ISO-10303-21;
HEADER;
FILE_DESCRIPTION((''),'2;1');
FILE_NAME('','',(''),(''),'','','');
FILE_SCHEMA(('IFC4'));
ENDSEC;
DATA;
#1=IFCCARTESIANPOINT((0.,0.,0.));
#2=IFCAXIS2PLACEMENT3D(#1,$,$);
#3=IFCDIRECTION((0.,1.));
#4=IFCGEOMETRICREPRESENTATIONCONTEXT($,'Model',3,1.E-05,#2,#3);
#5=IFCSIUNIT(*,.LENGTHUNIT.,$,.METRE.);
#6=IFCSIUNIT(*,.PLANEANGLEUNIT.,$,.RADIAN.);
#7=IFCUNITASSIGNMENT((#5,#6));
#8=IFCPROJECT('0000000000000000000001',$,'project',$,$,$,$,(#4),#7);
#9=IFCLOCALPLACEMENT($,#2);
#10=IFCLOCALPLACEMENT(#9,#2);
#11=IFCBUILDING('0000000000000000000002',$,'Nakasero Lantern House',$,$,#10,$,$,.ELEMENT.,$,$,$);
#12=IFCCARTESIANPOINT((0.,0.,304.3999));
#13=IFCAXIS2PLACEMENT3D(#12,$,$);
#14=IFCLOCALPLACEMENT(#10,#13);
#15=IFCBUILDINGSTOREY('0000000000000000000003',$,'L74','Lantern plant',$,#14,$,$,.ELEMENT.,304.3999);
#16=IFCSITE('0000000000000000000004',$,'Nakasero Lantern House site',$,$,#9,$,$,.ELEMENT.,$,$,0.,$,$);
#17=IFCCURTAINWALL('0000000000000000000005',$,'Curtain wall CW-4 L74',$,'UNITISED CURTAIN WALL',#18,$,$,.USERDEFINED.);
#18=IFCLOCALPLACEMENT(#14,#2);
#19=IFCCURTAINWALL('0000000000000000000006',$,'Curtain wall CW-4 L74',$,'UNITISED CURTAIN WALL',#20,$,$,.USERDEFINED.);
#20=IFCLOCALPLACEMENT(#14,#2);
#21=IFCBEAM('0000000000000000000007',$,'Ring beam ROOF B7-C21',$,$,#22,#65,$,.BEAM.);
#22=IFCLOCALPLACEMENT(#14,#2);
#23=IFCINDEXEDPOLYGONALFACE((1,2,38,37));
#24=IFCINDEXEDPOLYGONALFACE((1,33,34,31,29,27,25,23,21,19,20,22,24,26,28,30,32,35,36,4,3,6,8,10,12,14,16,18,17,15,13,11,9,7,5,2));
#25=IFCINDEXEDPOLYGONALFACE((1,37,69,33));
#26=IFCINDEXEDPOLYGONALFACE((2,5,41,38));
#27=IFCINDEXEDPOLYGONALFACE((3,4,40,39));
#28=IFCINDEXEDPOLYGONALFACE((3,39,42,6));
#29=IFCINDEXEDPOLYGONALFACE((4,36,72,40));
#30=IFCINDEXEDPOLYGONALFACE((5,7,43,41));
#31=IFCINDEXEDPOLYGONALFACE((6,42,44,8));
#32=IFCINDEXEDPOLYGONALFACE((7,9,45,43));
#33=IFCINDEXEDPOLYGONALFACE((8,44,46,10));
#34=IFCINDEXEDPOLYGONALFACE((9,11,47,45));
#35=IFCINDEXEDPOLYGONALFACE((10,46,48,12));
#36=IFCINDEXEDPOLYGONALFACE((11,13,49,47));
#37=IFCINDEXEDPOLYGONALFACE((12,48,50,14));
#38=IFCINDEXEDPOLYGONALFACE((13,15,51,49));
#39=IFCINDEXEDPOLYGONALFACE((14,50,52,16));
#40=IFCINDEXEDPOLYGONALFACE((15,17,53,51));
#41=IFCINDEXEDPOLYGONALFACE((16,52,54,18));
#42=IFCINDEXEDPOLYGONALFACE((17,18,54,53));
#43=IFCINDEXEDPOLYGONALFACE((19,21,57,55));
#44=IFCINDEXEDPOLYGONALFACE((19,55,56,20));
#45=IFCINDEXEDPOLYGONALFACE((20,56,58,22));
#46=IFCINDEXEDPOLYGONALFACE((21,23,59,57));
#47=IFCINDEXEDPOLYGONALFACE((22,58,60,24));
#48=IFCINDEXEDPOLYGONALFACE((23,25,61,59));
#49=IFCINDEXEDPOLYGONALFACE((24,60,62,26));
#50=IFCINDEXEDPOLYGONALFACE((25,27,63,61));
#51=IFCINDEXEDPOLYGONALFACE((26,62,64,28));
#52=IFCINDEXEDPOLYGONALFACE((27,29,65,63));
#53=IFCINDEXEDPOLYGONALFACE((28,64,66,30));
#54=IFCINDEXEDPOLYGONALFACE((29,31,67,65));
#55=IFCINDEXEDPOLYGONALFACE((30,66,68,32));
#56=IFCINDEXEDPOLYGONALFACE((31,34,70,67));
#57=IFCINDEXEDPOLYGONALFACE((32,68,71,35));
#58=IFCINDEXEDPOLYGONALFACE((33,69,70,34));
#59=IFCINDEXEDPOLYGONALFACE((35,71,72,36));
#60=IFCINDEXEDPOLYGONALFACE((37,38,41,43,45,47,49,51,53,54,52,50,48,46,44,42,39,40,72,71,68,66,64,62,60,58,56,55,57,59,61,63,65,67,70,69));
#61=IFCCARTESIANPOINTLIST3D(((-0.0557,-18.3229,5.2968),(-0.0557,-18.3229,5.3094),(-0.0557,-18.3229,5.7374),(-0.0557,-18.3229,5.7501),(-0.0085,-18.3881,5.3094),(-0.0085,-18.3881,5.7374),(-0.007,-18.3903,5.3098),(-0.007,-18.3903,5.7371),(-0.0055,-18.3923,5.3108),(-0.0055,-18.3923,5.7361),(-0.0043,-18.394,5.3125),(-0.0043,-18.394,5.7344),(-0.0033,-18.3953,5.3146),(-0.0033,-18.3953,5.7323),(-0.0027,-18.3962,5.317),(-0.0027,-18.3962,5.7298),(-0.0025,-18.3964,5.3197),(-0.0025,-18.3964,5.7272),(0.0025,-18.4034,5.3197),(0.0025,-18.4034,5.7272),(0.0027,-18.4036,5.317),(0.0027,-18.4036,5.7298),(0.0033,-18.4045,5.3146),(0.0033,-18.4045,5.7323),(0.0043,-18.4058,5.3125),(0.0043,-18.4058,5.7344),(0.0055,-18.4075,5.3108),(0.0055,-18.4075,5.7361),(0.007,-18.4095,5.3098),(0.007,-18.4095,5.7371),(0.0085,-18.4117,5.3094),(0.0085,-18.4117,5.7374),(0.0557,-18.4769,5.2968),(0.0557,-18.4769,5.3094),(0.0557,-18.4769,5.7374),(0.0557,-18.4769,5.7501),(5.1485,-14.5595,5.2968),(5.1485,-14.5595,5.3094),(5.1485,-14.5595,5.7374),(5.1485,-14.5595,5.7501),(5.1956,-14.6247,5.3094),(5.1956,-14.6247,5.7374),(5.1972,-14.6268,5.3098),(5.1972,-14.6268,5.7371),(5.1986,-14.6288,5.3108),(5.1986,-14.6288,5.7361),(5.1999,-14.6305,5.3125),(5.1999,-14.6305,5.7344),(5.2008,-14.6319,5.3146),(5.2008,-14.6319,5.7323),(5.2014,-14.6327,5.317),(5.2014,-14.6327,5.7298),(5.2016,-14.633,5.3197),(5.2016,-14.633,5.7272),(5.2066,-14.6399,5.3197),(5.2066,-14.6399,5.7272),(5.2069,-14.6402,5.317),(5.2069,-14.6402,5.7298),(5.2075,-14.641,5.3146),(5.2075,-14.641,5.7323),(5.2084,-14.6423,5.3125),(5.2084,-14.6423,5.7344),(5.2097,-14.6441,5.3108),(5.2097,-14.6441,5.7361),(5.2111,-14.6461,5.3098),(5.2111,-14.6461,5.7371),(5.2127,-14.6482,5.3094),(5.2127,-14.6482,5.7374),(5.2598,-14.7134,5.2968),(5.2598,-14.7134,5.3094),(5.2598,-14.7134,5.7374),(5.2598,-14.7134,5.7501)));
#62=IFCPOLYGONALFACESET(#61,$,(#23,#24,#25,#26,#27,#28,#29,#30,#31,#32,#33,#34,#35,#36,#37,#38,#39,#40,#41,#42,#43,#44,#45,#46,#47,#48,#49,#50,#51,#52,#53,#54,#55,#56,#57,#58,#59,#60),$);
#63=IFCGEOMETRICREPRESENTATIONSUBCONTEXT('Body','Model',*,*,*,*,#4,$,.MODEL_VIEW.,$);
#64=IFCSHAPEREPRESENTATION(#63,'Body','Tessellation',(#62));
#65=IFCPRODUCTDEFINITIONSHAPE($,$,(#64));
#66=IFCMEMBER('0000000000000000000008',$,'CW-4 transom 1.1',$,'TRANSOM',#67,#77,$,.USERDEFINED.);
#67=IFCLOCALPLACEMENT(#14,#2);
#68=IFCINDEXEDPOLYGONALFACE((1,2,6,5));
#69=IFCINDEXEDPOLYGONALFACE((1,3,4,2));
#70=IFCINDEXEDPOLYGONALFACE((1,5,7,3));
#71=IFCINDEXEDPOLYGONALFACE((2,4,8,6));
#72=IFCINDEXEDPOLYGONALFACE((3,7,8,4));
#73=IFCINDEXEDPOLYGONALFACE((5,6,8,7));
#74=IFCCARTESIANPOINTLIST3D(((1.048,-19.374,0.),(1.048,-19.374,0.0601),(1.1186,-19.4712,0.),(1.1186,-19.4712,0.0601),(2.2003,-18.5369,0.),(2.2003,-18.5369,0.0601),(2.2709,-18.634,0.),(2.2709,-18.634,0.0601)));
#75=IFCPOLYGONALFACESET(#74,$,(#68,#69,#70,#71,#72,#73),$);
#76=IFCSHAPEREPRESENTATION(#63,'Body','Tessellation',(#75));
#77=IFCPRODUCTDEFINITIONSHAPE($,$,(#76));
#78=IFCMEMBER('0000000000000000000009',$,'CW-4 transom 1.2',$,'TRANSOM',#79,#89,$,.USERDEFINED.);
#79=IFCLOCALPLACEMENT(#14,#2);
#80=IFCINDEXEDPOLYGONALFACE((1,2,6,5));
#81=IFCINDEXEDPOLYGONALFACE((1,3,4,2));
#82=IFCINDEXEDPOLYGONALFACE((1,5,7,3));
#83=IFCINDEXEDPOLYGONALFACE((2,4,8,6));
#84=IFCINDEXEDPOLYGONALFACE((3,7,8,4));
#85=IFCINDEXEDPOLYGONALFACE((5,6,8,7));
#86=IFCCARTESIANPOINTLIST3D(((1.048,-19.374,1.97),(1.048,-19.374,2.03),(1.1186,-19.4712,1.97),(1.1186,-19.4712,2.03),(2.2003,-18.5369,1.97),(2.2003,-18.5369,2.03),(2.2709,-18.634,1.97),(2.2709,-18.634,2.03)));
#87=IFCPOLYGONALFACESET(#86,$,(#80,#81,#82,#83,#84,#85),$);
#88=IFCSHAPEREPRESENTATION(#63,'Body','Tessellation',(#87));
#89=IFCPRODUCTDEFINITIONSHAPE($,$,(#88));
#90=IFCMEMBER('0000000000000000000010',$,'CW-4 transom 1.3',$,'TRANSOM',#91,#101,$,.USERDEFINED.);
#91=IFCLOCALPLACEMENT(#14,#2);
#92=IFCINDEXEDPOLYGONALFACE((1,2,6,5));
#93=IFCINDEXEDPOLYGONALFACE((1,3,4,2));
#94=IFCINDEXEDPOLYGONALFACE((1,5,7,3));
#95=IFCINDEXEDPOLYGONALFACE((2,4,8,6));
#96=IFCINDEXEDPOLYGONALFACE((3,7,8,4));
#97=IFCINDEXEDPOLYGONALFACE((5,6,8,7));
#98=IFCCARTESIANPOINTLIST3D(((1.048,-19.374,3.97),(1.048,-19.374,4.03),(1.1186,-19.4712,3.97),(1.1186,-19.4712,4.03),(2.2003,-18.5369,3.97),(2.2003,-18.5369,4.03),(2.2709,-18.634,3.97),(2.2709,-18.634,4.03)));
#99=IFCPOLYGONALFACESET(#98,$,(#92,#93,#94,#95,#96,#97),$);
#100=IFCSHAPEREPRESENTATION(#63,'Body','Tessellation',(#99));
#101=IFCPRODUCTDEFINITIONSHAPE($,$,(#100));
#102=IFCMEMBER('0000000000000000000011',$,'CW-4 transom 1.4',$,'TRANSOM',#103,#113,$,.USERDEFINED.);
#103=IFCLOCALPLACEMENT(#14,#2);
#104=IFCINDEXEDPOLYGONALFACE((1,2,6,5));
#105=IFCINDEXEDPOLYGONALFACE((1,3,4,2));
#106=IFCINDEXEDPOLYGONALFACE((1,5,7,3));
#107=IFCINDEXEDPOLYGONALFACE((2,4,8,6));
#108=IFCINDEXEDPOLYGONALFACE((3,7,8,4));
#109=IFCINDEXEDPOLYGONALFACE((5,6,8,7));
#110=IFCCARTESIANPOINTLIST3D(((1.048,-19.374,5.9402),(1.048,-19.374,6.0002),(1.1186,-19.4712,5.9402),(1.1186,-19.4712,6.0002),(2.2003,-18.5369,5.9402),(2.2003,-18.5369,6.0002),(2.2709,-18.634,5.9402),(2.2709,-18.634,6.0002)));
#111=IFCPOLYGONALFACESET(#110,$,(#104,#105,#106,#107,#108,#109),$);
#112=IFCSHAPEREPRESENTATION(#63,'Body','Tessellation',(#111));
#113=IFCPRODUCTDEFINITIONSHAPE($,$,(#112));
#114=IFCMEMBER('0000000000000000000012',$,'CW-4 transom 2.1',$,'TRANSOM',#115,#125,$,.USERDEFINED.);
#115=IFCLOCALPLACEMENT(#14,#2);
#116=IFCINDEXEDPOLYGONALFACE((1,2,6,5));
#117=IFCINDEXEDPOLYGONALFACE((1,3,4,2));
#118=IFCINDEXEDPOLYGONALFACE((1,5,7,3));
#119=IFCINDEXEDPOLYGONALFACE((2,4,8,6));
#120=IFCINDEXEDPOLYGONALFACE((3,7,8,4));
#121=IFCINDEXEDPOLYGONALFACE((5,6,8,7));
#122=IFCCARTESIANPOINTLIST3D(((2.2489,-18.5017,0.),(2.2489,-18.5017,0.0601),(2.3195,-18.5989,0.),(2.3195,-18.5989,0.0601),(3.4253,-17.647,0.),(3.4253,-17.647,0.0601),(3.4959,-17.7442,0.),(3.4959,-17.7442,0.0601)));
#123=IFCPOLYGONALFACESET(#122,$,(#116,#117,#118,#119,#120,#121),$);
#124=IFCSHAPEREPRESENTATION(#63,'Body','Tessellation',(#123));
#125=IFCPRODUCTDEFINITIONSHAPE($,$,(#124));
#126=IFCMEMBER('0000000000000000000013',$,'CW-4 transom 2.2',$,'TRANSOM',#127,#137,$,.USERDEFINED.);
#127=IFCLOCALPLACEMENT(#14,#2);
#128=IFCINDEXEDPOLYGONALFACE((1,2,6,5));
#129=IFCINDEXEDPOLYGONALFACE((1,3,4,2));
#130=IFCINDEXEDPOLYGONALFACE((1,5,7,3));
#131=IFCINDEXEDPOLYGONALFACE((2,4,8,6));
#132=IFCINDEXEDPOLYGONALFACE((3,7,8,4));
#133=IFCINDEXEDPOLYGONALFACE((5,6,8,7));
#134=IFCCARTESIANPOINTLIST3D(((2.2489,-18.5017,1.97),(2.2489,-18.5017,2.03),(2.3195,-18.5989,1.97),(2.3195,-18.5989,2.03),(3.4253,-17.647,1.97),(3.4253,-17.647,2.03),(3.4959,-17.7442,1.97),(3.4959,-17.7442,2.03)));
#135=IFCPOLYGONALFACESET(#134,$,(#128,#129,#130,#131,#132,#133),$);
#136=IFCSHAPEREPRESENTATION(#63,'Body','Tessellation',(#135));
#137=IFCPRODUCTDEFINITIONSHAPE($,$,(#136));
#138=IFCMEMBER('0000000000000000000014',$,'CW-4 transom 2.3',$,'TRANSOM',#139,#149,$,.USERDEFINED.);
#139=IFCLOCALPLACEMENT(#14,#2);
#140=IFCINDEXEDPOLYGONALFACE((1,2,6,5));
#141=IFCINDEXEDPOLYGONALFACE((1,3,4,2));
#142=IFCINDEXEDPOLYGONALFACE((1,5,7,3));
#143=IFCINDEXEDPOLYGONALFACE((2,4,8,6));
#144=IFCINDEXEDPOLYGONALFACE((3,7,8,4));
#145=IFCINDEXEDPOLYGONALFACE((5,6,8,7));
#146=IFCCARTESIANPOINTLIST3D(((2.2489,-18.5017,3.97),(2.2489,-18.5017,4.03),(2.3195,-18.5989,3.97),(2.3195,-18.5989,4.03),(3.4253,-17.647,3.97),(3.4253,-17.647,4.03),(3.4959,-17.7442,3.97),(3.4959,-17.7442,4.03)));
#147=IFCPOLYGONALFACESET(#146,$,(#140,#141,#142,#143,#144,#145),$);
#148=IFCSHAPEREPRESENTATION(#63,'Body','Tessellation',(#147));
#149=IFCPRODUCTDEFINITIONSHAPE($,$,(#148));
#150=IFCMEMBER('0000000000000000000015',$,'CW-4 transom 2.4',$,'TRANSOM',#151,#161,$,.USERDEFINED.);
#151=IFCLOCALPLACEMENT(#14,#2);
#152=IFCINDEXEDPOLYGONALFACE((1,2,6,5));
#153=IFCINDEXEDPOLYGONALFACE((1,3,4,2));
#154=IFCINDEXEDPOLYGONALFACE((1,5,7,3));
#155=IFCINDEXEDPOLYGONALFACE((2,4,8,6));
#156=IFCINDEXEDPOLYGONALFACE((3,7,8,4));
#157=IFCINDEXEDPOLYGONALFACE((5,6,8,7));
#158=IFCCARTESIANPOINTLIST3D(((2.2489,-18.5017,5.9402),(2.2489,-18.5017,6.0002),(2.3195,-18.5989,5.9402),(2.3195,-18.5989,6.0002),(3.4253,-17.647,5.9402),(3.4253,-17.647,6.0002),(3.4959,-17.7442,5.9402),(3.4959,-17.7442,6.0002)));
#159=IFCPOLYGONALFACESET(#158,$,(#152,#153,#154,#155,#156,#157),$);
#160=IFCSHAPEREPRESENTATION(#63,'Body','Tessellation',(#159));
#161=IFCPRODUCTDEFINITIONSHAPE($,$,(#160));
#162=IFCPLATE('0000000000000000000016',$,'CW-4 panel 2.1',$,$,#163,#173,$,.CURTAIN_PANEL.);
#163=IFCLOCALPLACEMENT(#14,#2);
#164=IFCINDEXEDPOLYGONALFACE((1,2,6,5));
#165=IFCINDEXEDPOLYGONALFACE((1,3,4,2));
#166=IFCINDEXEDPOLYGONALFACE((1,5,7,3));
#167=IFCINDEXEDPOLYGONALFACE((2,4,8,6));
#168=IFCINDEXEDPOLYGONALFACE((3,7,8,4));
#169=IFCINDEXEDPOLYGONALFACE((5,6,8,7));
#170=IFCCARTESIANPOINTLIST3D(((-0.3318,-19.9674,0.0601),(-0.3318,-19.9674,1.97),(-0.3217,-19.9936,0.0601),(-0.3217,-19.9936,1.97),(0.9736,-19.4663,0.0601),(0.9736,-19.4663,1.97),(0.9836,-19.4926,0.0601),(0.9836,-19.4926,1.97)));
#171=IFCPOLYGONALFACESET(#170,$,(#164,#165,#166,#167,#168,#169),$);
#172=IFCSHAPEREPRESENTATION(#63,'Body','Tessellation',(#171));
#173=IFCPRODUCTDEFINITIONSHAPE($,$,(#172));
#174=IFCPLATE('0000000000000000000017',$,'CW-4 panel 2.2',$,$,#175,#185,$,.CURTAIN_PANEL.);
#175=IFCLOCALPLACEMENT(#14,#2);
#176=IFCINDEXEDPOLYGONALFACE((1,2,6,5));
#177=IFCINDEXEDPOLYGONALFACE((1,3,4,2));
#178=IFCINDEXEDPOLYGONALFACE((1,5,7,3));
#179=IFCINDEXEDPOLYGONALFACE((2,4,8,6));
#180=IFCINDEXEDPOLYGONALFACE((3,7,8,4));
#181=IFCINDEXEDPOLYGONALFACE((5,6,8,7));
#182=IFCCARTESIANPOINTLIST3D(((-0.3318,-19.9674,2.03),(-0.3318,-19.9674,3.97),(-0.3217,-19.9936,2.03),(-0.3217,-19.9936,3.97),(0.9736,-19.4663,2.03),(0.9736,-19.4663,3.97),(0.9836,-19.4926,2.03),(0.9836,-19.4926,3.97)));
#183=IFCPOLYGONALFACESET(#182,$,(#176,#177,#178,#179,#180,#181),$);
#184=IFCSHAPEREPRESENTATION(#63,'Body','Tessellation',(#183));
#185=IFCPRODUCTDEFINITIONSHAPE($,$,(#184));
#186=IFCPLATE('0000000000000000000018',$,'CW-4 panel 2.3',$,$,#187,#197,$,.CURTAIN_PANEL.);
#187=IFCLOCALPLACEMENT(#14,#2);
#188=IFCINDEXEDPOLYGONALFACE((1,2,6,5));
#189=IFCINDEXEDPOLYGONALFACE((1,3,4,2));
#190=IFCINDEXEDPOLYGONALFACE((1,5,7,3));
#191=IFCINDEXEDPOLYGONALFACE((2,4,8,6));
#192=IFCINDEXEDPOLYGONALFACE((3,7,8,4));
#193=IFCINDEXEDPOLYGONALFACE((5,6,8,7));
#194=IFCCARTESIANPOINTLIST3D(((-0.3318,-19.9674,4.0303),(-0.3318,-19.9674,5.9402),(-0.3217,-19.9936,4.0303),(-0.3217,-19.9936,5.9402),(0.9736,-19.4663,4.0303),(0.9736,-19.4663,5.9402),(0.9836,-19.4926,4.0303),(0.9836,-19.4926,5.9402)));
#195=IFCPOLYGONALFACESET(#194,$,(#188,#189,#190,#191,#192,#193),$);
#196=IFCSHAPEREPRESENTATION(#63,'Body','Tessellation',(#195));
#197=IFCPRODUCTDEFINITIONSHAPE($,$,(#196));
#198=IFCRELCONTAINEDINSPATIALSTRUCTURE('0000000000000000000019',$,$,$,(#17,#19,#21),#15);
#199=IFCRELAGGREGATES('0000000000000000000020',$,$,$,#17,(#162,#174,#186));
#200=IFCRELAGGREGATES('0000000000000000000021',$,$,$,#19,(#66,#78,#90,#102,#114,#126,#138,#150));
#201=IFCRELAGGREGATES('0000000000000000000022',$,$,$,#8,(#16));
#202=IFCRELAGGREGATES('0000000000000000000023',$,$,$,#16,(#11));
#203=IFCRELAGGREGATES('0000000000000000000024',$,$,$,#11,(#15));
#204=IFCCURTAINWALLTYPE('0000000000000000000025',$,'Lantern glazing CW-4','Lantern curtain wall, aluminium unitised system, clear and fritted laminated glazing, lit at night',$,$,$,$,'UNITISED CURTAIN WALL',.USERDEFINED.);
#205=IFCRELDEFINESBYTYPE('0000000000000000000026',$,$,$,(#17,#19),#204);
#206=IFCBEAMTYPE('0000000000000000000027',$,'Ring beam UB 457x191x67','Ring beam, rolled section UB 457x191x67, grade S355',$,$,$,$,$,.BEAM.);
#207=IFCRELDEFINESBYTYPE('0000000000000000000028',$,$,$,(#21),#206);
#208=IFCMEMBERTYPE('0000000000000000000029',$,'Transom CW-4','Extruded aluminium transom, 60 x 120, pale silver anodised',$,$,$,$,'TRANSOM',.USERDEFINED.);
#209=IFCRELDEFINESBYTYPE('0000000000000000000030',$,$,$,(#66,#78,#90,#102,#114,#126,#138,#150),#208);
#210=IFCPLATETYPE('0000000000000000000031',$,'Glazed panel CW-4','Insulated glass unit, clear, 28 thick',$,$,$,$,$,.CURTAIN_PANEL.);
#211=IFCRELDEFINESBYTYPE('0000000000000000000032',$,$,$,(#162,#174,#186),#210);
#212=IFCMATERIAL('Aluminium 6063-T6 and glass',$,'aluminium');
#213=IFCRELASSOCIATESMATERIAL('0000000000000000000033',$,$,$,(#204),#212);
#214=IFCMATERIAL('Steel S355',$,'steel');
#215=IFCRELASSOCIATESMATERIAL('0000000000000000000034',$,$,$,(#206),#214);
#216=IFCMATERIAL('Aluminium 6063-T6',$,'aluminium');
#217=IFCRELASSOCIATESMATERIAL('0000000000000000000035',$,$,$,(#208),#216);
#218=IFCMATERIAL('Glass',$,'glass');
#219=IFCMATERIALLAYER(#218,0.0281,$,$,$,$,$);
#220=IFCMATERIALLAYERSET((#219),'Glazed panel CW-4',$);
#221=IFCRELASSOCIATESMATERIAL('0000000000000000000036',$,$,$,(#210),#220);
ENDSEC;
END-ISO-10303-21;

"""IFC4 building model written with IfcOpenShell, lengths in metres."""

from ifc_helpers import new_model, si_unit, direction, frame, origin, origin_2d, place, context, subcontext, project, spatial, rectangle, i_section, extrude, material, layer, layer_set, material_profile, profile_set, type_object, element, aggregate, save


model = new_model("IFC4")

# Units and contexts
model_context = context("Model", 3, precision=1e-05, world=origin(), true_north=direction((0.0, 1.0)))
body_context = subcontext(model_context, "Body", "Model", "MODEL_VIEW")
ifc_project = project(units=[si_unit("LENGTHUNIT", "METRE"), si_unit("PLANEANGLEUNIT", "RADIAN")], contexts=[model_context])

# Site, building, storey
site_placement = place(None, origin())
site = spatial("IfcSite", under=ifc_project, at=site_placement, Name="Nakasero Lantern House site", CompositionType="ELEMENT", RefElevation=0.0)
building_placement = place(site_placement, origin())
building = spatial("IfcBuilding", under=site, at=building_placement, Name="Nakasero Lantern House", CompositionType="ELEMENT")
storey_placement = place(building_placement, frame((0.0, 0.0, 304.3999)))
storey = spatial("IfcBuildingStorey", under=building, at=storey_placement, Name="L74", Description="Lantern plant", CompositionType="ELEMENT", Elevation=304.3999)

# Curtain wall
ifc_material_1 = material(Name="Aluminium 6063-T6 and glass", Category="aluminium")
curtain_wall_type = type_object("IfcCurtainWallType", Name="Lantern glazing CW-4", Description="Lantern curtain wall, aluminium unitised system, clear and fritted laminated glazing, lit at night", ElementType="UNITISED CURTAIN WALL", PredefinedType="USERDEFINED", material=ifc_material_1)
curtain_wall_1_placement = place(storey_placement, origin())
curtain_wall_1 = element("IfcCurtainWall", 1, at=curtain_wall_1_placement, inside=storey, type_object=curtain_wall_type, Name="Curtain wall CW-4 L74", ObjectType="UNITISED CURTAIN WALL", PredefinedType="USERDEFINED")

# Curtain wall
curtain_wall_2_placement = place(storey_placement, origin())
curtain_wall_2 = element("IfcCurtainWall", 2, at=curtain_wall_2_placement, inside=storey, type_object=curtain_wall_type, Name="Curtain wall CW-4 L74", ObjectType="UNITISED CURTAIN WALL", PredefinedType="USERDEFINED")

# Beam
ifc_material_2 = material(Name="Steel S355", Category="steel")
ifc_material_profile_1 = material_profile(ifc_material_2, i_section(OverallWidth=0.1899, OverallDepth=0.4534, WebThickness=0.0085, FlangeThickness=0.0127, FilletRadius=0.0103, at=origin_2d()), Name="UB 457x191x67")
ifc_profile_set_1 = profile_set([ifc_material_profile_1], Name="Steel S355")
beam_type_1 = type_object("IfcBeamType", Name="Ring beam UB 457x191x67", Description="Ring beam, rolled section UB 457x191x67, grade S355", PredefinedType="BEAM", material=ifc_profile_set_1)
beam_1_placement = place(storey_placement, frame((0.0, -18.3999, 5.5234), z_axis=(0.810316, 0.585993, 0.0), x_axis=(-0.585993, 0.810316, 0.0)))
element("IfcBeam", 3, at=beam_1_placement, inside=storey, type_object=beam_type_1, Name="Ring beam ROOF B7-C21", PredefinedType="BEAM", context=body_context, shape_type="SweptSolid", body=[
    extrude(i_section(OverallWidth=0.1899, OverallDepth=0.4534, WebThickness=0.0085, FlangeThickness=0.0127, FilletRadius=0.0103, at=origin_2d()), origin(), (0.0, 0.0, 1.0), 6.4224),
])

# Members
ifc_material_3 = material(Name="Aluminium 6063-T6", Category="aluminium")
ifc_material_profile_2 = material_profile(ifc_material_3, rectangle(XDim=0.0601, YDim=0.1201, at=origin_2d()), Name="CW-4 transom 60x120")
ifc_profile_set_2 = profile_set([ifc_material_profile_2], Name="Aluminium 6063-T6")
member_type_1 = type_object("IfcMemberType", Name="Transom CW-4", Description="Extruded aluminium transom, 60 x 120, pale silver anodised", ElementType="TRANSOM", PredefinedType="USERDEFINED", material=ifc_profile_set_2)
member_1_placement = place(storey_placement, frame((1.0833, -19.4226, 0.03), z_axis=(0.80904, 0.587754, 0.0), x_axis=(0.0, 0.0, 1.0)))
member_1 = element("IfcMember", 4, at=member_1_placement, type_object=member_type_1, Name="CW-4 transom 1.1", ObjectType="TRANSOM", PredefinedType="USERDEFINED", context=body_context, shape_type="SweptSolid", body=[
    extrude(rectangle(XDim=0.0601, YDim=0.1201, at=origin_2d()), origin(), (0.0, 0.0, 1.0), 1.4243),
])
member_2_placement = place(storey_placement, frame((1.0833, -19.4226, 2.0), z_axis=(0.80904, 0.587754, 0.0), x_axis=(0.0, 0.0, 1.0)))
member_2 = element("IfcMember", 5, at=member_2_placement, type_object=member_type_1, Name="CW-4 transom 1.2", ObjectType="TRANSOM", PredefinedType="USERDEFINED", context=body_context, shape_type="SweptSolid", body=[
    extrude(rectangle(XDim=0.0601, YDim=0.1201, at=origin_2d()), origin(), (0.0, 0.0, 1.0), 1.4243),
])
member_3_placement = place(storey_placement, frame((1.0833, -19.4226, 4.0), z_axis=(0.80904, 0.587754, 0.0), x_axis=(0.0, 0.0, 1.0)))
member_3 = element("IfcMember", 6, at=member_3_placement, type_object=member_type_1, Name="CW-4 transom 1.3", ObjectType="TRANSOM", PredefinedType="USERDEFINED", context=body_context, shape_type="SweptSolid", body=[
    extrude(rectangle(XDim=0.0601, YDim=0.1201, at=origin_2d()), origin(), (0.0, 0.0, 1.0), 1.4243),
])
member_4_placement = place(storey_placement, frame((1.0833, -19.4226, 5.9702), z_axis=(0.80904, 0.587754, 0.0), x_axis=(0.0, 0.0, 1.0)))
member_4 = element("IfcMember", 7, at=member_4_placement, type_object=member_type_1, Name="CW-4 transom 1.4", ObjectType="TRANSOM", PredefinedType="USERDEFINED", context=body_context, shape_type="SweptSolid", body=[
    extrude(rectangle(XDim=0.0601, YDim=0.1201, at=origin_2d()), origin(), (0.0, 0.0, 1.0), 1.4243),
])
member_5_placement = place(storey_placement, frame((2.2842, -18.5503, 0.03), z_axis=(0.809034, 0.587762, 0.0), x_axis=(0.0, 0.0, 1.0)))
member_5 = element("IfcMember", 8, at=member_5_placement, type_object=member_type_1, Name="CW-4 transom 2.1", ObjectType="TRANSOM", PredefinedType="USERDEFINED", context=body_context, shape_type="SweptSolid", body=[
    extrude(rectangle(XDim=0.0601, YDim=0.1201, at=origin_2d()), origin(), (0.0, 0.0, 1.0), 1.4541),
])
member_6_placement = place(storey_placement, frame((2.2842, -18.5503, 2.0), z_axis=(0.809034, 0.587762, 0.0), x_axis=(0.0, 0.0, 1.0)))
member_6 = element("IfcMember", 9, at=member_6_placement, type_object=member_type_1, Name="CW-4 transom 2.2", ObjectType="TRANSOM", PredefinedType="USERDEFINED", context=body_context, shape_type="SweptSolid", body=[
    extrude(rectangle(XDim=0.0601, YDim=0.1201, at=origin_2d()), origin(), (0.0, 0.0, 1.0), 1.4541),
])
member_7_placement = place(storey_placement, frame((2.2842, -18.5503, 4.0), z_axis=(0.809034, 0.587762, 0.0), x_axis=(0.0, 0.0, 1.0)))
member_7 = element("IfcMember", 10, at=member_7_placement, type_object=member_type_1, Name="CW-4 transom 2.3", ObjectType="TRANSOM", PredefinedType="USERDEFINED", context=body_context, shape_type="SweptSolid", body=[
    extrude(rectangle(XDim=0.0601, YDim=0.1201, at=origin_2d()), origin(), (0.0, 0.0, 1.0), 1.4541),
])
member_8_placement = place(storey_placement, frame((2.2842, -18.5503, 5.9702), z_axis=(0.809034, 0.587762, 0.0), x_axis=(0.0, 0.0, 1.0)))
member_8 = element("IfcMember", 11, at=member_8_placement, type_object=member_type_1, Name="CW-4 transom 2.4", ObjectType="TRANSOM", PredefinedType="USERDEFINED", context=body_context, shape_type="SweptSolid", body=[
    extrude(rectangle(XDim=0.0601, YDim=0.1201, at=origin_2d()), origin(), (0.0, 0.0, 1.0), 1.4541),
])

# Plates
ifc_material_4 = material(Name="Glass", Category="glass")
ifc_layer_1 = layer(ifc_material_4, 0.0281)
ifc_layer_set_1 = layer_set([ifc_layer_1], Name="Glazed panel CW-4")
plate_type = type_object("IfcPlateType", Name="Glazed panel CW-4", Description="Insulated glass unit, clear, 28 thick", PredefinedType="CURTAIN_PANEL", material=ifc_layer_set_1)
plate_1_placement = place(storey_placement, frame((0.3259, -19.73, 0.0601), z_axis=(0.0, 0.0, 1.0), x_axis=(0.93358, 0.358368, 0.0)))
plate_1 = element("IfcPlate", 12, at=plate_1_placement, type_object=plate_type, Name="CW-4 panel 2.1", PredefinedType="CURTAIN_PANEL", context=body_context, shape_type="SweptSolid", body=[
    extrude(rectangle(XDim=1.3982, YDim=0.0281, at=origin_2d()), origin(), (0.0, 0.0, 1.0), 1.9099),
])
plate_2_placement = place(storey_placement, frame((0.3259, -19.73, 2.03), z_axis=(0.0, 0.0, 1.0), x_axis=(0.93358, 0.358368, 0.0)))
plate_2 = element("IfcPlate", 13, at=plate_2_placement, type_object=plate_type, Name="CW-4 panel 2.2", PredefinedType="CURTAIN_PANEL", context=body_context, shape_type="SweptSolid", body=[
    extrude(rectangle(XDim=1.3982, YDim=0.0281, at=origin_2d()), origin(), (0.0, 0.0, 1.0), 1.9399),
])
plate_3_placement = place(storey_placement, frame((0.3259, -19.73, 4.0303), z_axis=(0.0, 0.0, 1.0), x_axis=(0.93358, 0.358368, 0.0)))
plate_3 = element("IfcPlate", 14, at=plate_3_placement, type_object=plate_type, Name="CW-4 panel 2.3", PredefinedType="CURTAIN_PANEL", context=body_context, shape_type="SweptSolid", body=[
    extrude(rectangle(XDim=1.3982, YDim=0.0281, at=origin_2d()), origin(), (0.0, 0.0, 1.0), 1.9099),
])
aggregate(curtain_wall_1, [plate_1, plate_2, plate_3])
aggregate(curtain_wall_2, [member_1, member_2, member_3, member_4, member_5, member_6, member_7, member_8])

save(model, "model.ifc")
